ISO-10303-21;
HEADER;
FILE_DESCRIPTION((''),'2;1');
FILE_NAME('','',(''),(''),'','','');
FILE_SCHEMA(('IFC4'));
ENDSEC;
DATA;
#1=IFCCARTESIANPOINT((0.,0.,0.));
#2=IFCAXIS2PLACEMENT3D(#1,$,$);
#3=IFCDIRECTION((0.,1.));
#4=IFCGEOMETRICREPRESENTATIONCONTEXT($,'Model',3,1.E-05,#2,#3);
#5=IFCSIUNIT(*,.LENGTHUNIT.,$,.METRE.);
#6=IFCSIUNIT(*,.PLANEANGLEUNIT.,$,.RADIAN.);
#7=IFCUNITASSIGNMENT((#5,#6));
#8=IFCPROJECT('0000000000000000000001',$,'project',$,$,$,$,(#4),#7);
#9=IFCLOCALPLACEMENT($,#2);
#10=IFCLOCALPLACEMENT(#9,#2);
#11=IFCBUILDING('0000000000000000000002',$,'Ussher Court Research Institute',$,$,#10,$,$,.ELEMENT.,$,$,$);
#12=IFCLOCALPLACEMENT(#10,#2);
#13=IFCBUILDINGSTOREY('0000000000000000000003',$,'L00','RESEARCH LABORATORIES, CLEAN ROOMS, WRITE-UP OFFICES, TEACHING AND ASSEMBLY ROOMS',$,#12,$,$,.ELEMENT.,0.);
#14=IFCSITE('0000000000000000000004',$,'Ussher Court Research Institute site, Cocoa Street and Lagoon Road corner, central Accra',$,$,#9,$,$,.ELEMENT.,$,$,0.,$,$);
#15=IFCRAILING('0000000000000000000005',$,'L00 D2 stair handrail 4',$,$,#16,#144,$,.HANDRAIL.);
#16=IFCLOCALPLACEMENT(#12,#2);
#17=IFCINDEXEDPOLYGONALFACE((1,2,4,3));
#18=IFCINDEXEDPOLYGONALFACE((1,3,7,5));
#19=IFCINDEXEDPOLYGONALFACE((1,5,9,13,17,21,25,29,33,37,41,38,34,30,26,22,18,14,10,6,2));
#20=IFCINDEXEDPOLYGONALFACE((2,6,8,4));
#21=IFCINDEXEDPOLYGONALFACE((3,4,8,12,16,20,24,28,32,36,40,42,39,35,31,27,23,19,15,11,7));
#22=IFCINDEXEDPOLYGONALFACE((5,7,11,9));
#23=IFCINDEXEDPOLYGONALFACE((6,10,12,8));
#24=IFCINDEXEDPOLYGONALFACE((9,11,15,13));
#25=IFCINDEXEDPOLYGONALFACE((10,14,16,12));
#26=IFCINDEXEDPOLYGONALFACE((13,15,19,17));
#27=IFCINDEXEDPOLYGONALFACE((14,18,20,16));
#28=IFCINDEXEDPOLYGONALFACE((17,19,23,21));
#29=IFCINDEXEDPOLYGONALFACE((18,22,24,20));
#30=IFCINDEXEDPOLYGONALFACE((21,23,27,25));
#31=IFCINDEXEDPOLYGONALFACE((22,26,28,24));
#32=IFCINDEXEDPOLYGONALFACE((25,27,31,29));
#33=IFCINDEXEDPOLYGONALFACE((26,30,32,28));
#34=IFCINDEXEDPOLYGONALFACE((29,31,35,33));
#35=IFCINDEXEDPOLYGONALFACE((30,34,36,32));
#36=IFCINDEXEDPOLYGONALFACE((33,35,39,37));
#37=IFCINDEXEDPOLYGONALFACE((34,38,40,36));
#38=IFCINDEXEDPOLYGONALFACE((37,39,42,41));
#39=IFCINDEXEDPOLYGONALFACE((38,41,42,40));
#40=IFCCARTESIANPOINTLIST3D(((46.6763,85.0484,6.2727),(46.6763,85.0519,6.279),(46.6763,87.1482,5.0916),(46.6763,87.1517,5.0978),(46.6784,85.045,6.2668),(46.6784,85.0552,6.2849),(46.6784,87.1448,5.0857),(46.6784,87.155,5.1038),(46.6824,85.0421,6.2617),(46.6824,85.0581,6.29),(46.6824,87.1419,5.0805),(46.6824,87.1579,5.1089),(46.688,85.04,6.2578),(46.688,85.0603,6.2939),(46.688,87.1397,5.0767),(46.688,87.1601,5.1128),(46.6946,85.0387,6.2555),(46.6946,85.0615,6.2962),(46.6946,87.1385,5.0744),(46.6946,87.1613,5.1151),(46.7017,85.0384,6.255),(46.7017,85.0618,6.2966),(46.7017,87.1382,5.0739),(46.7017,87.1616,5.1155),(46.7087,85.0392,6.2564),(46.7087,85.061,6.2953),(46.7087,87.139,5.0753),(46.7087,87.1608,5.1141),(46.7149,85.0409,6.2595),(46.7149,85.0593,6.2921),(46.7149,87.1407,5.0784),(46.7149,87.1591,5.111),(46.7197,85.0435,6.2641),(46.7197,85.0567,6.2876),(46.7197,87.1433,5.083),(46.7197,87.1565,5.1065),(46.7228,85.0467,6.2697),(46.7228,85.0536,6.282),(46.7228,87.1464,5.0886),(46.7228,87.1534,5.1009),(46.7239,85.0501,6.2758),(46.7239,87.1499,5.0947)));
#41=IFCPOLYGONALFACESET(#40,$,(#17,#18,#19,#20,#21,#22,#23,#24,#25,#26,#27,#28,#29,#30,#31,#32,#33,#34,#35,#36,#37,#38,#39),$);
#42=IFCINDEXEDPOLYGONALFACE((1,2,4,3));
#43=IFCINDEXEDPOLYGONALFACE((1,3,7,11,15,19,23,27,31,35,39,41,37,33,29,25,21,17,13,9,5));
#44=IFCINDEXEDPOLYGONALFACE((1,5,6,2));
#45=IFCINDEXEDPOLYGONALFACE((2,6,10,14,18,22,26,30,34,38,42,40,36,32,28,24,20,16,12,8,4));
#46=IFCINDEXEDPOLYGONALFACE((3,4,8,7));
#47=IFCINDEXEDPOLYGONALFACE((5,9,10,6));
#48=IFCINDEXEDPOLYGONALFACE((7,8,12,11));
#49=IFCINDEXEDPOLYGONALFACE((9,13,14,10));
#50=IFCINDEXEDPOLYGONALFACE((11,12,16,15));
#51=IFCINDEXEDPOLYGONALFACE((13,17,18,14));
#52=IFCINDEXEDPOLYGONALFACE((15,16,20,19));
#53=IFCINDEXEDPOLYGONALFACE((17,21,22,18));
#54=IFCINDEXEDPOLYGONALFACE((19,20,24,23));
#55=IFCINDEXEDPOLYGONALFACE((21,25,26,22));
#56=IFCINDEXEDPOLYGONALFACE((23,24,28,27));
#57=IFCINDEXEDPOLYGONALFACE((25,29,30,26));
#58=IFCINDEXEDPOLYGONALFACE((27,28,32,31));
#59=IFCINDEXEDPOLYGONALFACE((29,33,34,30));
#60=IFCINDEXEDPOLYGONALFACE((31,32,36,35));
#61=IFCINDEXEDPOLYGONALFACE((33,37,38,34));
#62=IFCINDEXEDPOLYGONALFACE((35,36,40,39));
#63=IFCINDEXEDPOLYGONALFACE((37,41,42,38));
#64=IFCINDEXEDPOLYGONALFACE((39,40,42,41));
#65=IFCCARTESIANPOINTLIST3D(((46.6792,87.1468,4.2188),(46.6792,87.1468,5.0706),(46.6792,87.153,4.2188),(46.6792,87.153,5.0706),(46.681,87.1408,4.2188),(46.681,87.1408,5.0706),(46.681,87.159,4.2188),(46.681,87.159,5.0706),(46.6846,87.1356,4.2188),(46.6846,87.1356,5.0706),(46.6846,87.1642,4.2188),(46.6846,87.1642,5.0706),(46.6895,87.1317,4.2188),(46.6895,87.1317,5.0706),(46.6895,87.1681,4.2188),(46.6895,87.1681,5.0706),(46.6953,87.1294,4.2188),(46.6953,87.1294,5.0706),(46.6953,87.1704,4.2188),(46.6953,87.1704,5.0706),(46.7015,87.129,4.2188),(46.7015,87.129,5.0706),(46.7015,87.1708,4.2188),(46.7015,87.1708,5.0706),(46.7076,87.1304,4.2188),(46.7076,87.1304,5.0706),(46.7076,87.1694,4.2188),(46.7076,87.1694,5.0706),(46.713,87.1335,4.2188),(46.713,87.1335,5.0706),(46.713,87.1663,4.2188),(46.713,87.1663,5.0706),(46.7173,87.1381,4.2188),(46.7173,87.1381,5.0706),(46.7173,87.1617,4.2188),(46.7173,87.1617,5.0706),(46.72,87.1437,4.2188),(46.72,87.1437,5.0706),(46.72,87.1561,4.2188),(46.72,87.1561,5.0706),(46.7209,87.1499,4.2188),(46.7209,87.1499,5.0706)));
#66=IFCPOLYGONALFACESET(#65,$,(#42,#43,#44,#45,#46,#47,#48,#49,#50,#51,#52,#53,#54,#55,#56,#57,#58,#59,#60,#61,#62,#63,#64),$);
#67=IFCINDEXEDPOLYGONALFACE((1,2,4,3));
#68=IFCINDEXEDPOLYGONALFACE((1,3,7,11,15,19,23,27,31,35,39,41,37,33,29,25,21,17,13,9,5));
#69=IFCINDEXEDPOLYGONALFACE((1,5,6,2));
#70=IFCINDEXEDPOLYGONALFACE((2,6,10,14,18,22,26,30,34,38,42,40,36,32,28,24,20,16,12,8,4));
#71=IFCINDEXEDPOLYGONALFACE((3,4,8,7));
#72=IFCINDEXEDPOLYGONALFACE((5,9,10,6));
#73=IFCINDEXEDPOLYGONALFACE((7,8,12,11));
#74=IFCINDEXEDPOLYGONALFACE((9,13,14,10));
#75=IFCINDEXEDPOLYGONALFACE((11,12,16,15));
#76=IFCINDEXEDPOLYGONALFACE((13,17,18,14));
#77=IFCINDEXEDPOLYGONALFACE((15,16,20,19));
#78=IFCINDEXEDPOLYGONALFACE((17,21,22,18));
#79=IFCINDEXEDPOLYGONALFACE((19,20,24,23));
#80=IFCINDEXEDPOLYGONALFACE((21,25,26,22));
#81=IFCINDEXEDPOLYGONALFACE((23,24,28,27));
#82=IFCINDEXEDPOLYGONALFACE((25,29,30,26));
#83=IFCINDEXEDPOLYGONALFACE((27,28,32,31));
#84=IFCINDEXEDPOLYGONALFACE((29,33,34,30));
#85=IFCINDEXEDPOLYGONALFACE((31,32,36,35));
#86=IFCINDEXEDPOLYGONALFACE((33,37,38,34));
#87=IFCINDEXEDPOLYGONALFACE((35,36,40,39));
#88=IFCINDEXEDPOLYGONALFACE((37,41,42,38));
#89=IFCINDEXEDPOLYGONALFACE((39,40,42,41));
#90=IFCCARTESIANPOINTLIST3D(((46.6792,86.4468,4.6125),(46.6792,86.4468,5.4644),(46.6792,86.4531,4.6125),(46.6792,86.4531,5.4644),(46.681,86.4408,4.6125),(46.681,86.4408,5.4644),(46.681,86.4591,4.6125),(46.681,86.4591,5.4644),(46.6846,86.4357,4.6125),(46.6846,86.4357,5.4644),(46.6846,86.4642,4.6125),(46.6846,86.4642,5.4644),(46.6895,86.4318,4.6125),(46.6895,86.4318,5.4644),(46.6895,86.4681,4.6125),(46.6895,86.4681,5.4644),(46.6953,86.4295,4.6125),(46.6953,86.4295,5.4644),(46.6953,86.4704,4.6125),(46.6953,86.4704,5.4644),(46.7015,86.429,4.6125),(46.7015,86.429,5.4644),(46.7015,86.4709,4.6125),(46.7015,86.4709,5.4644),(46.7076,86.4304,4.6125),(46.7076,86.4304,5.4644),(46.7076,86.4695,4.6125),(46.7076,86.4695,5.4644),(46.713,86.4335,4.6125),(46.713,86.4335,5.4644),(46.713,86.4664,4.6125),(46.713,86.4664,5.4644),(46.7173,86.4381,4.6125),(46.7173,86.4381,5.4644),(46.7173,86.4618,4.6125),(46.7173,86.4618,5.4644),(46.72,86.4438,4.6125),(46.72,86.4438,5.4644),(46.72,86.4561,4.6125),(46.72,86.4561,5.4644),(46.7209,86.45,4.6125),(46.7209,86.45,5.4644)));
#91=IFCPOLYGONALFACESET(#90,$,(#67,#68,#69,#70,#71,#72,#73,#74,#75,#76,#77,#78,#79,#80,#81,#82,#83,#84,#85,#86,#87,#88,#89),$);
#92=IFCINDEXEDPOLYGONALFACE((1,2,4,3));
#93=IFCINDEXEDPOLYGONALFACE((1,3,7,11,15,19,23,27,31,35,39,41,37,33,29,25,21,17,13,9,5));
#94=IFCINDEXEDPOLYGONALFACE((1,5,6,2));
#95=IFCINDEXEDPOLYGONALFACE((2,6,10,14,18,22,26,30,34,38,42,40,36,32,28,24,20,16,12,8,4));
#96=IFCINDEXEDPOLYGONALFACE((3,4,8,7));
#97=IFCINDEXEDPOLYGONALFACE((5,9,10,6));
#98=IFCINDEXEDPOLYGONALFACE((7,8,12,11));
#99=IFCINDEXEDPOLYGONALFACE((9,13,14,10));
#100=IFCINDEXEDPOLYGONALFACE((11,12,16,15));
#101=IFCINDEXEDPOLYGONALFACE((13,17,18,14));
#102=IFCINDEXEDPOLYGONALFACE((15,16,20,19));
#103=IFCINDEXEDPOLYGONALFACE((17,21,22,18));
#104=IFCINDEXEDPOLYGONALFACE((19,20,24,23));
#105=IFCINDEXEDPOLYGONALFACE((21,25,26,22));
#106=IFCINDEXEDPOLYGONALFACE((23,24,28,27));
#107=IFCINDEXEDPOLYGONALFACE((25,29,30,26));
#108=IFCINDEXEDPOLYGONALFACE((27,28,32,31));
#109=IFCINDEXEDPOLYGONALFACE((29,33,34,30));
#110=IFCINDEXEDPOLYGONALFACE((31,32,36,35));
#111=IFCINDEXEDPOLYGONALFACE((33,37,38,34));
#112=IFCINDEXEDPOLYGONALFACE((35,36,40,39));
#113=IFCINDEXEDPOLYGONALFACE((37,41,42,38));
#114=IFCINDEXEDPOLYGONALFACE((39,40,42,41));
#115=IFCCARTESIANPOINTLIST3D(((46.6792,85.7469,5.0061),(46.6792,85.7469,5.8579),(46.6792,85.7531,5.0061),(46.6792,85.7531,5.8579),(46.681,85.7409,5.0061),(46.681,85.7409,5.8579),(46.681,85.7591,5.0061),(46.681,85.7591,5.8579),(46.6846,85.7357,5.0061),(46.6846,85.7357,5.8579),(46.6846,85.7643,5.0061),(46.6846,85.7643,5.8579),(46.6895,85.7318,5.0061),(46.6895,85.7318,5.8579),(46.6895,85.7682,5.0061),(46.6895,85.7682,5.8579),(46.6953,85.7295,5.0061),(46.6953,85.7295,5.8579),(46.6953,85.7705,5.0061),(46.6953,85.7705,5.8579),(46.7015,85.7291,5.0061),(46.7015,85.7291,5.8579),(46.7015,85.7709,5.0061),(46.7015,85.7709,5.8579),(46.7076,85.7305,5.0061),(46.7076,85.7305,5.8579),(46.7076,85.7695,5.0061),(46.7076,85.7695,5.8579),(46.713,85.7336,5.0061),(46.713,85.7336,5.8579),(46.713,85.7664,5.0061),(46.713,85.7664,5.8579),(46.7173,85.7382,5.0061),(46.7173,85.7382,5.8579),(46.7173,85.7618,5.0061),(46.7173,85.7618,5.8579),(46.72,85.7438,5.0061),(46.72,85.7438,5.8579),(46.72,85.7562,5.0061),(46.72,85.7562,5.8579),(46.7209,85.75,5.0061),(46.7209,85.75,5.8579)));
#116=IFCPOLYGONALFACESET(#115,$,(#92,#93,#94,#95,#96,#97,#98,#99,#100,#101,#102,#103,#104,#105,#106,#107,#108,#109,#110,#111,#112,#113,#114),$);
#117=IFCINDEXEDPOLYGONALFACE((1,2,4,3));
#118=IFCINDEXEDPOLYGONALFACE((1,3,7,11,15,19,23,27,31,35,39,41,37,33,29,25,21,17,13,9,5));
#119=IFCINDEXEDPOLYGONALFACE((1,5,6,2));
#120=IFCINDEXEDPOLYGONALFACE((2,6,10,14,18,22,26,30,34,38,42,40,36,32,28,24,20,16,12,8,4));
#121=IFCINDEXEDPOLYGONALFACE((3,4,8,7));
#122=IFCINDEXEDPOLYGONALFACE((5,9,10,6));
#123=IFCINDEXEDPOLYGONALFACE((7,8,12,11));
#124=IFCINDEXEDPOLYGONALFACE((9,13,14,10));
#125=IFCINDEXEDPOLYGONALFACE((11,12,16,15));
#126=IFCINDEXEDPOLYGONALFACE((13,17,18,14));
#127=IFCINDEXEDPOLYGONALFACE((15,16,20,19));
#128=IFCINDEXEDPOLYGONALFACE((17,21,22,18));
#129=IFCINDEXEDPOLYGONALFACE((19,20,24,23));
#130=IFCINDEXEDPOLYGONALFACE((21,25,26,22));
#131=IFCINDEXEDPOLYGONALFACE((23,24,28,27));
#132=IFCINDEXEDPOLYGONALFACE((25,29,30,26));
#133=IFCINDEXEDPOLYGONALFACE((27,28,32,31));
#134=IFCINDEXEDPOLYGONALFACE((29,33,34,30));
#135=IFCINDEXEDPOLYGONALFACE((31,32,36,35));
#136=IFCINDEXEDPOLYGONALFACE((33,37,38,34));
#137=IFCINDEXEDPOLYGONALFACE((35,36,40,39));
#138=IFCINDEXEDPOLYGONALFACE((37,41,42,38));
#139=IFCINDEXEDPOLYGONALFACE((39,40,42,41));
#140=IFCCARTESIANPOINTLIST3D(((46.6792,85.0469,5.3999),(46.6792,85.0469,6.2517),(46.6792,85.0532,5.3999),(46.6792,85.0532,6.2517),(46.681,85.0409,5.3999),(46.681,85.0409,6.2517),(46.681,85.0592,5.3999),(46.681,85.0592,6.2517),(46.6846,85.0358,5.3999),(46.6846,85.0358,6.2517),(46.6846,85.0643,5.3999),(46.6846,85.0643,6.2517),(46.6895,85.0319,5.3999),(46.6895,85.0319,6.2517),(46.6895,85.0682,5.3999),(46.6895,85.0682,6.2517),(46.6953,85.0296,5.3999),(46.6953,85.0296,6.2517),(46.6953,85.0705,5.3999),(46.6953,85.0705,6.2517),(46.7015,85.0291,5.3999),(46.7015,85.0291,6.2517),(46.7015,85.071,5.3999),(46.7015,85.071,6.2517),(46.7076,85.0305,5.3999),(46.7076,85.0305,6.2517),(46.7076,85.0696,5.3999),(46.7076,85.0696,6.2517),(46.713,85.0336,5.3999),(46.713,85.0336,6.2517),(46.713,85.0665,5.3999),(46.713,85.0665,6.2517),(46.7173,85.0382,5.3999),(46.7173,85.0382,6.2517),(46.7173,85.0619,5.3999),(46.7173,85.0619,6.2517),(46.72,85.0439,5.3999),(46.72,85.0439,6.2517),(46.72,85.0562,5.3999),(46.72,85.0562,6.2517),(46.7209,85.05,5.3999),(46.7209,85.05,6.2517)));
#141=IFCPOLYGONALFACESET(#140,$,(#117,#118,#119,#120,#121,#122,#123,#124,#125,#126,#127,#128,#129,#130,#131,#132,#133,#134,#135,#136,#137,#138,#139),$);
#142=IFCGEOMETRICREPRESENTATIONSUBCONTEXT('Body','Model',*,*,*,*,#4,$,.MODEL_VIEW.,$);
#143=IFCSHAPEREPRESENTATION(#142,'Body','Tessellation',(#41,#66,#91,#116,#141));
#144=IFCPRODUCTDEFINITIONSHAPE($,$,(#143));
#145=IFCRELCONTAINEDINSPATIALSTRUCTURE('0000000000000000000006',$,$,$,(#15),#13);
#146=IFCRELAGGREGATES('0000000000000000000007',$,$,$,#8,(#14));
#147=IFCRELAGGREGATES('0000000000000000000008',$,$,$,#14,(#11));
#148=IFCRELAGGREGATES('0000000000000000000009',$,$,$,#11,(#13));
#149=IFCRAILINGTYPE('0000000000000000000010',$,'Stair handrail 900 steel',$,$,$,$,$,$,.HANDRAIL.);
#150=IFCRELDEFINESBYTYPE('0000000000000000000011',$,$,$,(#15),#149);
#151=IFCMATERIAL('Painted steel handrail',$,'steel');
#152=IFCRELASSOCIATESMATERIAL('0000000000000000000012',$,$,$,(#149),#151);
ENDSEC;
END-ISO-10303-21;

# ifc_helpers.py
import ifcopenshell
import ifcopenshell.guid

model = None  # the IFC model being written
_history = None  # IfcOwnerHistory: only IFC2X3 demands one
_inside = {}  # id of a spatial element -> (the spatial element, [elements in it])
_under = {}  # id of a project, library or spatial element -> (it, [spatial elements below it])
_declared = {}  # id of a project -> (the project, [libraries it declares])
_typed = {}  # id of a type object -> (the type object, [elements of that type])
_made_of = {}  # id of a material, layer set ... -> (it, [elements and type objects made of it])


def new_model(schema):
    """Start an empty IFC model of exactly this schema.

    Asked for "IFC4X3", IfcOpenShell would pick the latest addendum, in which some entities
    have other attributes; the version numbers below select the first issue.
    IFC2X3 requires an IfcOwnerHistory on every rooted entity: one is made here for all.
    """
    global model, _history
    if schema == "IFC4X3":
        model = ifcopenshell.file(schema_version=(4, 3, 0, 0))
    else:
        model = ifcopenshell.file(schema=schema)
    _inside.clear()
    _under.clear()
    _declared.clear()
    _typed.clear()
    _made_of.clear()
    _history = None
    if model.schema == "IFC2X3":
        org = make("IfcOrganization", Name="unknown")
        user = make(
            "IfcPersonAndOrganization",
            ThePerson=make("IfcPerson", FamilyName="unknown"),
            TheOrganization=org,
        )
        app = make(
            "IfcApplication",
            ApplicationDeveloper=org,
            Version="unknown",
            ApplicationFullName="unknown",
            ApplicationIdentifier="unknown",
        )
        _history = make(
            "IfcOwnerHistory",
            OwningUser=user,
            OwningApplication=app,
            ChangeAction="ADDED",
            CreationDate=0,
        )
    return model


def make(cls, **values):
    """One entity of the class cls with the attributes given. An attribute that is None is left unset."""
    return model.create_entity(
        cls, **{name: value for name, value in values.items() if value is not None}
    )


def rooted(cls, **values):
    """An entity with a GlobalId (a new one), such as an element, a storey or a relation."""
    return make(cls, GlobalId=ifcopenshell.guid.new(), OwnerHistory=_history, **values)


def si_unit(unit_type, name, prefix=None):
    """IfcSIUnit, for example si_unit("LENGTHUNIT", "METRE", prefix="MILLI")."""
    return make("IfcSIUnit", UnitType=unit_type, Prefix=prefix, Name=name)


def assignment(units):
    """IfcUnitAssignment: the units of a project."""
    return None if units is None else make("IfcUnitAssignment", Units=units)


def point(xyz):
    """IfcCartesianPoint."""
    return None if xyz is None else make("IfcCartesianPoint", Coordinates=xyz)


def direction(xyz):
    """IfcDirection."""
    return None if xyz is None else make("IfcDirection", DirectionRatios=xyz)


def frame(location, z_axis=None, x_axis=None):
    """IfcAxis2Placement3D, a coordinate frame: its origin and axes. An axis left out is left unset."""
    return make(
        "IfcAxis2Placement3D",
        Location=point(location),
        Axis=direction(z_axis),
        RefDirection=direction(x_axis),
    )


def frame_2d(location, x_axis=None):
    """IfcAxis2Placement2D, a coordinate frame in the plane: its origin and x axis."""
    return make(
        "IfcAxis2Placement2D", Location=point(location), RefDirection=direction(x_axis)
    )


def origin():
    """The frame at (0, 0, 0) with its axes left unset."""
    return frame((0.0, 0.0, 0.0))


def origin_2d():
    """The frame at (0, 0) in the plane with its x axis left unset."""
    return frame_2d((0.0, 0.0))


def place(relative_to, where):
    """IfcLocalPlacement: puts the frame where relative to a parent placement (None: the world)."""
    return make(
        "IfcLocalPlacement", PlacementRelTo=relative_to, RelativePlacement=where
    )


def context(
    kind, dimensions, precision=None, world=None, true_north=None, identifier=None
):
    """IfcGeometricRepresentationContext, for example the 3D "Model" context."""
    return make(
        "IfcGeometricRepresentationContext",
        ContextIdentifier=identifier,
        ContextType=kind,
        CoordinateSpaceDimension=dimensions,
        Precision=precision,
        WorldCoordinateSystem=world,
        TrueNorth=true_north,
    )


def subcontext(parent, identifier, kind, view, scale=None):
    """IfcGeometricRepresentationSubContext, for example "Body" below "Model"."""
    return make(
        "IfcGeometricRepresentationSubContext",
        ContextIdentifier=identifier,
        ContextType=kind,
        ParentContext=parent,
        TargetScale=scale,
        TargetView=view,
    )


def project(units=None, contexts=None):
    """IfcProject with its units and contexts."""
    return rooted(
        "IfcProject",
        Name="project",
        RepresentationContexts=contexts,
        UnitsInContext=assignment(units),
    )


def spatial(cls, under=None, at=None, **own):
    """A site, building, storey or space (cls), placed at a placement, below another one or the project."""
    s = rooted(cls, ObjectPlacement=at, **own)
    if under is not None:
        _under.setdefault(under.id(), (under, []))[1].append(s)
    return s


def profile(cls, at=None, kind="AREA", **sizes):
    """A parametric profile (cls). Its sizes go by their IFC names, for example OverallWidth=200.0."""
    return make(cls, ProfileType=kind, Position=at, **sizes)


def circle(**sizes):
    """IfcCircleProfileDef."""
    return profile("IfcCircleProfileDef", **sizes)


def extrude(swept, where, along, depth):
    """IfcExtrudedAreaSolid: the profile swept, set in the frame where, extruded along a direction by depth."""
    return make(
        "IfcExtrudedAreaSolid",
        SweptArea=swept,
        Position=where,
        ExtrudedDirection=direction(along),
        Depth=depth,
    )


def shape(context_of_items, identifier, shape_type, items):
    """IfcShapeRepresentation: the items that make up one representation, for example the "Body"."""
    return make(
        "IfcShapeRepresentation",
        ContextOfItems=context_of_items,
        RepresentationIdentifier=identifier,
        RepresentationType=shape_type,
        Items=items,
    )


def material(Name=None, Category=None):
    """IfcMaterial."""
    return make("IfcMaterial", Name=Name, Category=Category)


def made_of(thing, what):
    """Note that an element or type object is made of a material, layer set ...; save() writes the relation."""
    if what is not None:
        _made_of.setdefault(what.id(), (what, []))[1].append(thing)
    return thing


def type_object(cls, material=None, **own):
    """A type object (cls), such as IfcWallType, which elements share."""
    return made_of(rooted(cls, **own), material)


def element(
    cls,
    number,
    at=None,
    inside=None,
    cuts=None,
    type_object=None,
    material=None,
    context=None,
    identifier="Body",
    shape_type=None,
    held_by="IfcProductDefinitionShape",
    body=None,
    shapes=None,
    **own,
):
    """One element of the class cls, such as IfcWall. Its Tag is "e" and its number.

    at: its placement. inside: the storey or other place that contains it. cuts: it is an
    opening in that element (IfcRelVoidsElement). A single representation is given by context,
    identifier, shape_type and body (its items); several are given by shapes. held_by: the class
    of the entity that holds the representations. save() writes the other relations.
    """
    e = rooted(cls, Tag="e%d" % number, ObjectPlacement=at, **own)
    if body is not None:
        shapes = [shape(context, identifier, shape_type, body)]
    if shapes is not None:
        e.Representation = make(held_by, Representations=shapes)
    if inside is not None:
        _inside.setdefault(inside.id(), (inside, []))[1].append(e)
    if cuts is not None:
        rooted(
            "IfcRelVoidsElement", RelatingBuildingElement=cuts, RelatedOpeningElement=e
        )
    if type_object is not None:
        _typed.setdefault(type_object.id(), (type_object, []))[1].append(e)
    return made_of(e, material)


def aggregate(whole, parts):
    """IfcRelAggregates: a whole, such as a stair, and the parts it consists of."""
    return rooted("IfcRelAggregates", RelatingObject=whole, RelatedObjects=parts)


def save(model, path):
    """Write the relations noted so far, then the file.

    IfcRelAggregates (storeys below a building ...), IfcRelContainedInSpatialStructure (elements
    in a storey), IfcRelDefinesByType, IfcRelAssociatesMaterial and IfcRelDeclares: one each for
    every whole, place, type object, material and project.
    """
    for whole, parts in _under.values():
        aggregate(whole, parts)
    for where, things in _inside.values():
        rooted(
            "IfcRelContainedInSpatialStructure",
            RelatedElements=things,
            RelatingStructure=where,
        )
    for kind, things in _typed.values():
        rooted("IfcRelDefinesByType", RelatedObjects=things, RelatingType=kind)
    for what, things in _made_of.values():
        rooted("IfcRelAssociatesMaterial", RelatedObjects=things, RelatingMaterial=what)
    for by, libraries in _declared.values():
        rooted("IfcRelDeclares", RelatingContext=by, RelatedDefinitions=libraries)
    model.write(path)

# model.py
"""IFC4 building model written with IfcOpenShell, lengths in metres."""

from ifc_helpers import new_model, si_unit, direction, frame, origin, origin_2d, place, context, subcontext, project, spatial, circle, extrude, material, type_object, element, save


model = new_model("IFC4")

# Units and contexts
model_context = context("Model", 3, precision=1e-05, world=origin(), true_north=direction((0.0, 1.0)))
body_context = subcontext(model_context, "Body", "Model", "MODEL_VIEW")
ifc_project = project(units=[si_unit("LENGTHUNIT", "METRE"), si_unit("PLANEANGLEUNIT", "RADIAN")], contexts=[model_context])

# Site, building, storey
site_placement = place(None, origin())
site = spatial("IfcSite", under=ifc_project, at=site_placement, Name="Ussher Court Research Institute site, Cocoa Street and Lagoon Road corner, central Accra", CompositionType="ELEMENT", RefElevation=0.0)
building_placement = place(site_placement, origin())
building = spatial("IfcBuilding", under=site, at=building_placement, Name="Ussher Court Research Institute", CompositionType="ELEMENT")
storey_placement = place(building_placement, origin())
storey = spatial("IfcBuildingStorey", under=building, at=storey_placement, Name="L00", Description="RESEARCH LABORATORIES, CLEAN ROOMS, WRITE-UP OFFICES, TEACHING AND ASSEMBLY ROOMS", CompositionType="ELEMENT", Elevation=0.0)

# Railing
ifc_material_1 = material(Name="Painted steel handrail", Category="steel")
railing_type_1 = type_object("IfcRailingType", Name="Stair handrail 900 steel", PredefinedType="HANDRAIL", material=ifc_material_1)
railing_1_placement = place(storey_placement, frame((46.7, 87.1499, 4.2188)))
element("IfcRailing", 1, at=railing_1_placement, inside=storey, type_object=railing_type_1, Name="L00 D2 stair handrail 4", PredefinedType="HANDRAIL", context=body_context, shape_type="SweptSolid", body=[
    extrude(circle(Radius=0.0239, at=origin_2d()), frame((0.0, 0.0, 0.876), z_axis=(0.0, -0.871578, 0.490256), x_axis=(1.0, 0.0, 0.0)), (0.0, 0.0, 1.0), 2.4092),
    extrude(circle(Radius=0.021, at=origin_2d()), origin(), (0.0, 0.0, 1.0), 0.8518),
    extrude(circle(Radius=0.021, at=origin_2d()), frame((0.0, -0.7, 0.3938)), (0.0, 0.0, 1.0), 0.8518),
    extrude(circle(Radius=0.021, at=origin_2d()), frame((0.0, -1.3999, 0.7874)), (0.0, 0.0, 1.0), 0.8518),
    extrude(circle(Radius=0.021, at=origin_2d()), frame((0.0, -2.0999, 1.1812)), (0.0, 0.0, 1.0), 0.8518),
])

save(model, "model.ifc")
